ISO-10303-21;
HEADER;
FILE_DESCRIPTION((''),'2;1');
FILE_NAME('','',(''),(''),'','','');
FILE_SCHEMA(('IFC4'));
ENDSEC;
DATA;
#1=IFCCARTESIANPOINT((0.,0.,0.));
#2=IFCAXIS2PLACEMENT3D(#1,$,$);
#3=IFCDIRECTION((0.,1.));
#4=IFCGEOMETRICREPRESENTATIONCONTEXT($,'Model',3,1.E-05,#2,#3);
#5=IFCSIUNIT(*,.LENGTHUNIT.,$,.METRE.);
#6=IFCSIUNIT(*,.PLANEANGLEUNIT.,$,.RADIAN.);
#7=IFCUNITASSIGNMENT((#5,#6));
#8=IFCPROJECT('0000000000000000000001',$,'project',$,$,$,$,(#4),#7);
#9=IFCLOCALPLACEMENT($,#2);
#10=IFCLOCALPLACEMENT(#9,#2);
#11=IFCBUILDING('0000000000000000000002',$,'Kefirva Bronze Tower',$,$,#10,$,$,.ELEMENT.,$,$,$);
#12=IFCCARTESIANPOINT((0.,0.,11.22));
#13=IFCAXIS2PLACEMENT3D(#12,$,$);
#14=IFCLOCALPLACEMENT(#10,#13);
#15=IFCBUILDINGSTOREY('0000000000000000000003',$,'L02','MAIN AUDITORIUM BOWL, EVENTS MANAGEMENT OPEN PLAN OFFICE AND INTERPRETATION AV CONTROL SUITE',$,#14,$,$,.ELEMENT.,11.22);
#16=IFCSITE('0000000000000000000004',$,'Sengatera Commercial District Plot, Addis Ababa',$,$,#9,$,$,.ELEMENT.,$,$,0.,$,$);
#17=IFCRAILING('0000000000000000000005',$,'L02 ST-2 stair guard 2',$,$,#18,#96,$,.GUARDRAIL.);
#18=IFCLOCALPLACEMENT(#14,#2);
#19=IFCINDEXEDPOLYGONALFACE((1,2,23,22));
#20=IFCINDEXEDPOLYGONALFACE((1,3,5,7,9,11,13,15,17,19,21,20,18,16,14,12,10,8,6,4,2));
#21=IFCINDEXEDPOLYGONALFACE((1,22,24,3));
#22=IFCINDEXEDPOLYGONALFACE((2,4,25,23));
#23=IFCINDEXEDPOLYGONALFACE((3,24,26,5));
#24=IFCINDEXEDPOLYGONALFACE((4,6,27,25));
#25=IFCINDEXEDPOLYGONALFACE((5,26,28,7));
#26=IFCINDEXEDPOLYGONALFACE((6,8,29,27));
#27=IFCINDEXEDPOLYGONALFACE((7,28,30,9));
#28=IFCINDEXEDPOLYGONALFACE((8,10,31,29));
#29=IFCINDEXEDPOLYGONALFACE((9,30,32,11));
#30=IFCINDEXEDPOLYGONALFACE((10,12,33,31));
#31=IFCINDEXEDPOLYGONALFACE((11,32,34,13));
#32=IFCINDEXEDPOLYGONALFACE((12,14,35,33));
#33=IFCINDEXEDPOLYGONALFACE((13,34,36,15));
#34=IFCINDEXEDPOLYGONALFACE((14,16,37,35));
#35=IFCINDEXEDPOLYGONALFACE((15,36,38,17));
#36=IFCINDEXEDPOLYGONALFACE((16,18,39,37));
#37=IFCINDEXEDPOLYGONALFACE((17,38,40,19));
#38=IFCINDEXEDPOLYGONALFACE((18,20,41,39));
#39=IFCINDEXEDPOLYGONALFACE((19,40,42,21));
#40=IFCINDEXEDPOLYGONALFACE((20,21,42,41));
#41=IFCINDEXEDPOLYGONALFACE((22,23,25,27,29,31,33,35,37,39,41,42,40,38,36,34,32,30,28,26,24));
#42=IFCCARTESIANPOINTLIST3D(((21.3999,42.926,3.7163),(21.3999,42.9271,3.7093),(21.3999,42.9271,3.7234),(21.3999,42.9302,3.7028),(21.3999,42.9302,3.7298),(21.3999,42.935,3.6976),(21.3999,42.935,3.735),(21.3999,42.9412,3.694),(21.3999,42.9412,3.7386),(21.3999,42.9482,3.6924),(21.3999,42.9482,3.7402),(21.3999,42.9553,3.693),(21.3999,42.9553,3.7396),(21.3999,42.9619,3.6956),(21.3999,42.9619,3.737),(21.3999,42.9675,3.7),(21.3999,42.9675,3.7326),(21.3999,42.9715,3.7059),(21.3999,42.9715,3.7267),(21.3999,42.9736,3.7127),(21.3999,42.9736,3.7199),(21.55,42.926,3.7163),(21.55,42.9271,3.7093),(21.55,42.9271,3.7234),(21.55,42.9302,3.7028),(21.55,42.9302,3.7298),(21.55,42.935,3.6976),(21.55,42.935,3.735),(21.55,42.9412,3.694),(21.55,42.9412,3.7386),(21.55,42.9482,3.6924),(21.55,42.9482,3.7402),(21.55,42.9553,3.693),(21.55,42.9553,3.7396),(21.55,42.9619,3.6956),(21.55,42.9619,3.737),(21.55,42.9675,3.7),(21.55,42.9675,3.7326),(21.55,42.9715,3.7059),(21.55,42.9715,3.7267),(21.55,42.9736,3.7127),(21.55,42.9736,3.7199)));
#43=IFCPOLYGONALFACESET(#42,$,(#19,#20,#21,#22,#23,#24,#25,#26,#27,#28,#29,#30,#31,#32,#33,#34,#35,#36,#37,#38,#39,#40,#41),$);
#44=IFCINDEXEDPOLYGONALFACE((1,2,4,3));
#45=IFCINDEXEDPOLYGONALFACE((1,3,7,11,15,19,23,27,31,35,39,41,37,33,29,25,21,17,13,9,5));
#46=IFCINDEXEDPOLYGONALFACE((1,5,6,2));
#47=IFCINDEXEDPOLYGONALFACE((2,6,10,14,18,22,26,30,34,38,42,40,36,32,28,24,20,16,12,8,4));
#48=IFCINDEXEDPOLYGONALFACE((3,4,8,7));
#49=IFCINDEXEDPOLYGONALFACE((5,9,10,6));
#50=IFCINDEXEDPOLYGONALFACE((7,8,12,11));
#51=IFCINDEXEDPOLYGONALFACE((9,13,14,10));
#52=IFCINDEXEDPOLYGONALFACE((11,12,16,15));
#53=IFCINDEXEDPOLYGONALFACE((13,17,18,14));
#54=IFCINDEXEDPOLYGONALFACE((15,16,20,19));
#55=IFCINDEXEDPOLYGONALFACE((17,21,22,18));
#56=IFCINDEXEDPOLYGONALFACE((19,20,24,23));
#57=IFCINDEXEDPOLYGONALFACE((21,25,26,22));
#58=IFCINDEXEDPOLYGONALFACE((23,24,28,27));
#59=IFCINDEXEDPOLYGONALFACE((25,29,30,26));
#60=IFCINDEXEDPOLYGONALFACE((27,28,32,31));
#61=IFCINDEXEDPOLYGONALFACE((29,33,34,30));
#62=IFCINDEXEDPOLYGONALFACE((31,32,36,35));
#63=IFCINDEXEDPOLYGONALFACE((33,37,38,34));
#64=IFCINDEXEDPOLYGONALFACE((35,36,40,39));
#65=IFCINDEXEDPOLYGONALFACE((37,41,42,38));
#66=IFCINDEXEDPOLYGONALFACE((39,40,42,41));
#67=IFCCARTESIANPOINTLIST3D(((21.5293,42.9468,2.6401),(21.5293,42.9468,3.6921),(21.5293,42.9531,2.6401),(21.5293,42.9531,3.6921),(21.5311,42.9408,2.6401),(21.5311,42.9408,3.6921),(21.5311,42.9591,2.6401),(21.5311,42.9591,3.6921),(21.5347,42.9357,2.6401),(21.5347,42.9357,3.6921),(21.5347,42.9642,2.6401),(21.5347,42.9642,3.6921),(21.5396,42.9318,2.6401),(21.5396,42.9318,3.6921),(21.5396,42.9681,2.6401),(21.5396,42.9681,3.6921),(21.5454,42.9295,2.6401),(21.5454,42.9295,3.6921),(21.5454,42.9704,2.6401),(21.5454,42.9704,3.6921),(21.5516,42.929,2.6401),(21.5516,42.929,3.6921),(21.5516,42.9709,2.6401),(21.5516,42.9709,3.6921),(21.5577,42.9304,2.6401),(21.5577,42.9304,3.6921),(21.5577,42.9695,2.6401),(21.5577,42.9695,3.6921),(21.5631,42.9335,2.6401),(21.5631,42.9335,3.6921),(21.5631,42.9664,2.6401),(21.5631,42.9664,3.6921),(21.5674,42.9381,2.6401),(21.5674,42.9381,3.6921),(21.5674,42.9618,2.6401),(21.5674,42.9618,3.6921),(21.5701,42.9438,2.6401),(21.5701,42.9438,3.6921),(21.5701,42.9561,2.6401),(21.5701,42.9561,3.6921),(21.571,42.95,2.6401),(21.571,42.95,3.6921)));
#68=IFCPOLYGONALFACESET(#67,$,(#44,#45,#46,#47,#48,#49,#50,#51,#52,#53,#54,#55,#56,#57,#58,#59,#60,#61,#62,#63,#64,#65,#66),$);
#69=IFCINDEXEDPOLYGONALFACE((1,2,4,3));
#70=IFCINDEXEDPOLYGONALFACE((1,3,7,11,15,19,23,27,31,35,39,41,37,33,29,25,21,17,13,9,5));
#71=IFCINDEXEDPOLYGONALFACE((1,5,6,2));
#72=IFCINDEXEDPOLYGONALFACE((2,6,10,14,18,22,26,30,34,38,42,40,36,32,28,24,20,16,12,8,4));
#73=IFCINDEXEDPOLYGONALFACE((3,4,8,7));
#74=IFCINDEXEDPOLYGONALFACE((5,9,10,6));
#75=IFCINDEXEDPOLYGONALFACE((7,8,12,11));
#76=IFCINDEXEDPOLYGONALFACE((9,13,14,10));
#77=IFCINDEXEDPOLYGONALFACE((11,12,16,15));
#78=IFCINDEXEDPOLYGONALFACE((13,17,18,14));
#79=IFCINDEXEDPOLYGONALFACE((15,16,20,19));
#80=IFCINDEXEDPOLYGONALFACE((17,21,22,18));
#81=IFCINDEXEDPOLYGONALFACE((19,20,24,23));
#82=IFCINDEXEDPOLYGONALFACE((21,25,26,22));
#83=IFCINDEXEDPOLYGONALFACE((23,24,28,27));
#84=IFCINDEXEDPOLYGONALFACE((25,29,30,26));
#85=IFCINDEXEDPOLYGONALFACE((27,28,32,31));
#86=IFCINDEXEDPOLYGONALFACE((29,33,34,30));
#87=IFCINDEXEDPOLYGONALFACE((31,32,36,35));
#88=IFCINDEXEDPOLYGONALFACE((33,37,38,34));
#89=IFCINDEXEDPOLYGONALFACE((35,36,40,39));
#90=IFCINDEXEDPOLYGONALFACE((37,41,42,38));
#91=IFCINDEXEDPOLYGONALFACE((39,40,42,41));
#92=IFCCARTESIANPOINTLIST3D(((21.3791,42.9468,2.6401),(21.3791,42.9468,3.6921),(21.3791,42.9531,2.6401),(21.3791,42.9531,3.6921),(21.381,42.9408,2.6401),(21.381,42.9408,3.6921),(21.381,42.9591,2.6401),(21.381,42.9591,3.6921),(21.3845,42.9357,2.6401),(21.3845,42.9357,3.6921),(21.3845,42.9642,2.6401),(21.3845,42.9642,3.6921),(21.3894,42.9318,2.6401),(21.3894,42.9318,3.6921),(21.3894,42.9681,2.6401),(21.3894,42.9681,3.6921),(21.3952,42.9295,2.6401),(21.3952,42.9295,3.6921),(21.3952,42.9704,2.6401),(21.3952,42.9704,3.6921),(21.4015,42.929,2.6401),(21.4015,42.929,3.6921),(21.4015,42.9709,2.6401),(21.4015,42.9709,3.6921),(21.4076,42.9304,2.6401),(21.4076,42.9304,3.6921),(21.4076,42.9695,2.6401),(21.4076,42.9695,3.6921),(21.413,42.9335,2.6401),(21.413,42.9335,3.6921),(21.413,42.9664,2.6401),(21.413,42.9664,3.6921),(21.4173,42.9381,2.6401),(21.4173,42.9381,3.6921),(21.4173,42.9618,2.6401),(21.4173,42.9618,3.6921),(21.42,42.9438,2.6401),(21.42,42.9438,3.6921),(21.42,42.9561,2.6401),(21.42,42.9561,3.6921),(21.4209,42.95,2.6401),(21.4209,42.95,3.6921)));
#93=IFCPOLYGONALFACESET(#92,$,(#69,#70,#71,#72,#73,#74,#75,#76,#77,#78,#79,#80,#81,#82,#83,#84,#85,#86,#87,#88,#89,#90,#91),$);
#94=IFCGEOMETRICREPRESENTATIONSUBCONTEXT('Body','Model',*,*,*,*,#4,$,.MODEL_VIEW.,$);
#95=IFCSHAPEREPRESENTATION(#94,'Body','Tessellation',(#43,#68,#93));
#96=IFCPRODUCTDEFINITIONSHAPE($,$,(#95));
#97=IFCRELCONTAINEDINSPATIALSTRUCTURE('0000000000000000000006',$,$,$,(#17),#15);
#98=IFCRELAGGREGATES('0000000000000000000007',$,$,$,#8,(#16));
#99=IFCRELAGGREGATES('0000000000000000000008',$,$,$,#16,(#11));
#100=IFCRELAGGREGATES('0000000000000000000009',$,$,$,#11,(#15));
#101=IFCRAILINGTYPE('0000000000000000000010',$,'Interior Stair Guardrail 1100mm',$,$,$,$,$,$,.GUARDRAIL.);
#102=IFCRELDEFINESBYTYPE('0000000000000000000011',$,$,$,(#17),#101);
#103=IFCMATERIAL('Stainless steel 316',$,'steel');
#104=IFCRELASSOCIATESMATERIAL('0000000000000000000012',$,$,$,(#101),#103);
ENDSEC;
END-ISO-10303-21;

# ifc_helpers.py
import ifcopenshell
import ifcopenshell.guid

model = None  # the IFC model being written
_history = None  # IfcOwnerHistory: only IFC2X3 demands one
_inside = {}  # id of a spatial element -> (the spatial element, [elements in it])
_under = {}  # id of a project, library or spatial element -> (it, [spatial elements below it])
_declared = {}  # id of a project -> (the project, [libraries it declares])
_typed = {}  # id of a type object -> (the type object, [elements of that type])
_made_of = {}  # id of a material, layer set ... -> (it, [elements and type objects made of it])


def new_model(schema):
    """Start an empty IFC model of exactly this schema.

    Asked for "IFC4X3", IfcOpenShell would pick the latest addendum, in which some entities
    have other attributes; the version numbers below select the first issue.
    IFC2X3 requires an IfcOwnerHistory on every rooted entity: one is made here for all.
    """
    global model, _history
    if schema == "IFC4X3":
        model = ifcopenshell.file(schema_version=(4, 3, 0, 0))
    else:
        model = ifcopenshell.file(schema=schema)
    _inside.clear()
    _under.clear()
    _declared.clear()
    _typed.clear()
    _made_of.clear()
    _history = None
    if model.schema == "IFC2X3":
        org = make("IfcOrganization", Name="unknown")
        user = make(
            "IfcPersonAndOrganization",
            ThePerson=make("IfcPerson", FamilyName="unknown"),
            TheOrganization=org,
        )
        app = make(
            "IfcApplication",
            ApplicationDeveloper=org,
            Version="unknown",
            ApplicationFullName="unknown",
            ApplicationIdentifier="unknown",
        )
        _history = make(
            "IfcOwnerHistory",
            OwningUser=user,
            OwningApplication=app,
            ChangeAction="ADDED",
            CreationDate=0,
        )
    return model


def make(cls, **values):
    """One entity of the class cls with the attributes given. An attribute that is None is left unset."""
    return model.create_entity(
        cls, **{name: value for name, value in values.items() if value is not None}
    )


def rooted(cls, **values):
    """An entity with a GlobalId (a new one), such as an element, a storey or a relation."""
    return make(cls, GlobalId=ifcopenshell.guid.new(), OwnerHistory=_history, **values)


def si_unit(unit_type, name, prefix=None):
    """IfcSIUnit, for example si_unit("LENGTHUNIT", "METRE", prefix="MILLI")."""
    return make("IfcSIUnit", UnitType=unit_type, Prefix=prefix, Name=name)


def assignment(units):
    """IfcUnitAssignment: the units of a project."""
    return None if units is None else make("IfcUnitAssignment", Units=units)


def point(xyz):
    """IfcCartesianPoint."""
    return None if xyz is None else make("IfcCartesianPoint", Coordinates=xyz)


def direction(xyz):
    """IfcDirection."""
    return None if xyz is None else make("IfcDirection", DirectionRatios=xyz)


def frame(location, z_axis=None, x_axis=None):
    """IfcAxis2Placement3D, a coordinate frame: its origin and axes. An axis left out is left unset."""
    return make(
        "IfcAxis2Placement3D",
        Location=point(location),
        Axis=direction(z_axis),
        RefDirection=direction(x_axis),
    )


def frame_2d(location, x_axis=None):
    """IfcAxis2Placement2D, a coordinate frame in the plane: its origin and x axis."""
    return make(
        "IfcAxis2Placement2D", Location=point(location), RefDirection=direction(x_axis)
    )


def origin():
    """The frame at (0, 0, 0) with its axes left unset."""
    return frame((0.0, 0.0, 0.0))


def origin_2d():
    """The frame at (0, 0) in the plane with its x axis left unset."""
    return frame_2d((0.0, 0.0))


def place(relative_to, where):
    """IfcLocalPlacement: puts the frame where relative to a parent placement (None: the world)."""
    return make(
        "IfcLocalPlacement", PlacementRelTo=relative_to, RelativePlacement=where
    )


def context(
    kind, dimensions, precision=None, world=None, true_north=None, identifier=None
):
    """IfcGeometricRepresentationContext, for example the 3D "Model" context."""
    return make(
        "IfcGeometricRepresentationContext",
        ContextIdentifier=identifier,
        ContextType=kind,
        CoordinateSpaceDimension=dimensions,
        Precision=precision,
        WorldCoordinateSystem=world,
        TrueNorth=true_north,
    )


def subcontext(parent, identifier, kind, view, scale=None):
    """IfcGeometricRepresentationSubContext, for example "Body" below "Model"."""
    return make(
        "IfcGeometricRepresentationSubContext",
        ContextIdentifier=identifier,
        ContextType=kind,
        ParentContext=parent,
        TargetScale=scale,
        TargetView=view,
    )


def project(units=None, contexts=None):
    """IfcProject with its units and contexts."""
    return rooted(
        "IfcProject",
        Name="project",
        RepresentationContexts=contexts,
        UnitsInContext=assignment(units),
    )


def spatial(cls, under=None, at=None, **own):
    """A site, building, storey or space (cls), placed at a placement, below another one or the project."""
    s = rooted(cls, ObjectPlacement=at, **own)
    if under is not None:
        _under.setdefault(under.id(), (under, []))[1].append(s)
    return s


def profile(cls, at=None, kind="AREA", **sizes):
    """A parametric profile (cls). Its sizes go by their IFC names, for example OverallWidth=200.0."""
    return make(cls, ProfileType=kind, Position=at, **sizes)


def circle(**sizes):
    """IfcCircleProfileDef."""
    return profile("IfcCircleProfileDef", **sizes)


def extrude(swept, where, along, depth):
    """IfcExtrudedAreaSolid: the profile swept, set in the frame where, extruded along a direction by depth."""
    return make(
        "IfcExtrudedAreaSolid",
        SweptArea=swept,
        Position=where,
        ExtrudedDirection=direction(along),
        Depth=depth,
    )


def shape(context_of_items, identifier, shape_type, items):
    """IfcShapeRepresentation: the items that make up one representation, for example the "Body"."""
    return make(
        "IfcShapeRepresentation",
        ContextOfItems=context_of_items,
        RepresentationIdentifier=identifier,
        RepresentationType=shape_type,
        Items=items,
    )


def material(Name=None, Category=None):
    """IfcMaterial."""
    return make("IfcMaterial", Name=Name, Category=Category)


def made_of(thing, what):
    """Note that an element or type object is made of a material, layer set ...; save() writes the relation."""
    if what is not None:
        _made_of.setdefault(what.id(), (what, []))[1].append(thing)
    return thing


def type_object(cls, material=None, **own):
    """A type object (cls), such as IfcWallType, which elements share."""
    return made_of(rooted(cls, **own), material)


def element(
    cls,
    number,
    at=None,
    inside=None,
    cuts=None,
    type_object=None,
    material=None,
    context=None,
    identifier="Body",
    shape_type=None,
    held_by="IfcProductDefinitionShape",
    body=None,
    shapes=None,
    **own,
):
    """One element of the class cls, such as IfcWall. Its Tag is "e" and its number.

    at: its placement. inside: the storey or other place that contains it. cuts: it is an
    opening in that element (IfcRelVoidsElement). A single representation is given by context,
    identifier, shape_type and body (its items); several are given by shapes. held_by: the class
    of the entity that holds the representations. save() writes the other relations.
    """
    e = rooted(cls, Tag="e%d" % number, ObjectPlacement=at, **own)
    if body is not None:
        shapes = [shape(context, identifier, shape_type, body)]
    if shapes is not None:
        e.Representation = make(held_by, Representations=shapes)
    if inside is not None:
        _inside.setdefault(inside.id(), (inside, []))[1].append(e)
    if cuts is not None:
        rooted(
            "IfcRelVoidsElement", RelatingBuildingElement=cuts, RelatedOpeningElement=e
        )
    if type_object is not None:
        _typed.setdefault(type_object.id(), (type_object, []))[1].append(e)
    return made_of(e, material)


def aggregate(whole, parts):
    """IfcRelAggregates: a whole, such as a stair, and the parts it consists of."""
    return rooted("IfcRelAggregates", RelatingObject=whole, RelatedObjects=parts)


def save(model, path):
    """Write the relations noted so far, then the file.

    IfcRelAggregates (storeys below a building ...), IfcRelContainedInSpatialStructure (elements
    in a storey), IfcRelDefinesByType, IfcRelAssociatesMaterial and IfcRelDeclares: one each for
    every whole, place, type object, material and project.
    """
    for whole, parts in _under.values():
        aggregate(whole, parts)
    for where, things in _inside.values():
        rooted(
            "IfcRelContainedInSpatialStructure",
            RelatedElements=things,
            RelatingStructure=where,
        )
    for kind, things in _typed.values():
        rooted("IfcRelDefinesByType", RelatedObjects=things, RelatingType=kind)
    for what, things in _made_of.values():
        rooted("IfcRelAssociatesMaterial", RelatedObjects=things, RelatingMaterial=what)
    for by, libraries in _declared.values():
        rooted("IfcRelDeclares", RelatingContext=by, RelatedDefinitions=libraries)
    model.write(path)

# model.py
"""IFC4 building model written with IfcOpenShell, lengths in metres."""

from ifc_helpers import new_model, si_unit, direction, frame, origin, origin_2d, place, context, subcontext, project, spatial, circle, extrude, material, type_object, element, save


model = new_model("IFC4")

# Units and contexts
model_context = context("Model", 3, precision=1e-05, world=origin(), true_north=direction((0.0, 1.0)))
body_context = subcontext(model_context, "Body", "Model", "MODEL_VIEW")
ifc_project = project(units=[si_unit("LENGTHUNIT", "METRE"), si_unit("PLANEANGLEUNIT", "RADIAN")], contexts=[model_context])

# Site, building, storey
site_placement = place(None, origin())
site = spatial("IfcSite", under=ifc_project, at=site_placement, Name="Sengatera Commercial District Plot, Addis Ababa", CompositionType="ELEMENT", RefElevation=0.0)
building_placement = place(site_placement, origin())
building = spatial("IfcBuilding", under=site, at=building_placement, Name="Kefirva Bronze Tower", CompositionType="ELEMENT")
storey_placement = place(building_placement, frame((0.0, 0.0, 11.22)))
storey = spatial("IfcBuildingStorey", under=building, at=storey_placement, Name="L02", Description="MAIN AUDITORIUM BOWL, EVENTS MANAGEMENT OPEN PLAN OFFICE AND INTERPRETATION AV CONTROL SUITE", CompositionType="ELEMENT", Elevation=11.22)

# Railing
ifc_material_1 = material(Name="Stainless steel 316", Category="steel")
railing_type_1 = type_object("IfcRailingType", Name="Interior Stair Guardrail 1100mm", PredefinedType="GUARDRAIL", material=ifc_material_1)
railing_1_placement = place(storey_placement, frame((21.55, 42.95, 2.6401)))
element("IfcRailing", 1, at=railing_1_placement, inside=storey, type_object=railing_type_1, Name="L02 ST-2 stair guard 2", PredefinedType="GUARDRAIL", context=body_context, shape_type="SweptSolid", body=[
    extrude(circle(Radius=0.0239, at=origin_2d()), frame((0.0, 0.0, 1.0762), z_axis=(-1.0, 0.0, 0.0), x_axis=(0.0, -1.0, 0.0)), (0.0, 0.0, 1.0), 0.1501),
    extrude(circle(Radius=0.021, at=origin_2d()), origin(), (0.0, 0.0, 1.0), 1.052),
    extrude(circle(Radius=0.021, at=origin_2d()), frame((-0.1501, 0.0, 0.0)), (0.0, 0.0, 1.0), 1.052),
])

save(model, "model.ifc")
